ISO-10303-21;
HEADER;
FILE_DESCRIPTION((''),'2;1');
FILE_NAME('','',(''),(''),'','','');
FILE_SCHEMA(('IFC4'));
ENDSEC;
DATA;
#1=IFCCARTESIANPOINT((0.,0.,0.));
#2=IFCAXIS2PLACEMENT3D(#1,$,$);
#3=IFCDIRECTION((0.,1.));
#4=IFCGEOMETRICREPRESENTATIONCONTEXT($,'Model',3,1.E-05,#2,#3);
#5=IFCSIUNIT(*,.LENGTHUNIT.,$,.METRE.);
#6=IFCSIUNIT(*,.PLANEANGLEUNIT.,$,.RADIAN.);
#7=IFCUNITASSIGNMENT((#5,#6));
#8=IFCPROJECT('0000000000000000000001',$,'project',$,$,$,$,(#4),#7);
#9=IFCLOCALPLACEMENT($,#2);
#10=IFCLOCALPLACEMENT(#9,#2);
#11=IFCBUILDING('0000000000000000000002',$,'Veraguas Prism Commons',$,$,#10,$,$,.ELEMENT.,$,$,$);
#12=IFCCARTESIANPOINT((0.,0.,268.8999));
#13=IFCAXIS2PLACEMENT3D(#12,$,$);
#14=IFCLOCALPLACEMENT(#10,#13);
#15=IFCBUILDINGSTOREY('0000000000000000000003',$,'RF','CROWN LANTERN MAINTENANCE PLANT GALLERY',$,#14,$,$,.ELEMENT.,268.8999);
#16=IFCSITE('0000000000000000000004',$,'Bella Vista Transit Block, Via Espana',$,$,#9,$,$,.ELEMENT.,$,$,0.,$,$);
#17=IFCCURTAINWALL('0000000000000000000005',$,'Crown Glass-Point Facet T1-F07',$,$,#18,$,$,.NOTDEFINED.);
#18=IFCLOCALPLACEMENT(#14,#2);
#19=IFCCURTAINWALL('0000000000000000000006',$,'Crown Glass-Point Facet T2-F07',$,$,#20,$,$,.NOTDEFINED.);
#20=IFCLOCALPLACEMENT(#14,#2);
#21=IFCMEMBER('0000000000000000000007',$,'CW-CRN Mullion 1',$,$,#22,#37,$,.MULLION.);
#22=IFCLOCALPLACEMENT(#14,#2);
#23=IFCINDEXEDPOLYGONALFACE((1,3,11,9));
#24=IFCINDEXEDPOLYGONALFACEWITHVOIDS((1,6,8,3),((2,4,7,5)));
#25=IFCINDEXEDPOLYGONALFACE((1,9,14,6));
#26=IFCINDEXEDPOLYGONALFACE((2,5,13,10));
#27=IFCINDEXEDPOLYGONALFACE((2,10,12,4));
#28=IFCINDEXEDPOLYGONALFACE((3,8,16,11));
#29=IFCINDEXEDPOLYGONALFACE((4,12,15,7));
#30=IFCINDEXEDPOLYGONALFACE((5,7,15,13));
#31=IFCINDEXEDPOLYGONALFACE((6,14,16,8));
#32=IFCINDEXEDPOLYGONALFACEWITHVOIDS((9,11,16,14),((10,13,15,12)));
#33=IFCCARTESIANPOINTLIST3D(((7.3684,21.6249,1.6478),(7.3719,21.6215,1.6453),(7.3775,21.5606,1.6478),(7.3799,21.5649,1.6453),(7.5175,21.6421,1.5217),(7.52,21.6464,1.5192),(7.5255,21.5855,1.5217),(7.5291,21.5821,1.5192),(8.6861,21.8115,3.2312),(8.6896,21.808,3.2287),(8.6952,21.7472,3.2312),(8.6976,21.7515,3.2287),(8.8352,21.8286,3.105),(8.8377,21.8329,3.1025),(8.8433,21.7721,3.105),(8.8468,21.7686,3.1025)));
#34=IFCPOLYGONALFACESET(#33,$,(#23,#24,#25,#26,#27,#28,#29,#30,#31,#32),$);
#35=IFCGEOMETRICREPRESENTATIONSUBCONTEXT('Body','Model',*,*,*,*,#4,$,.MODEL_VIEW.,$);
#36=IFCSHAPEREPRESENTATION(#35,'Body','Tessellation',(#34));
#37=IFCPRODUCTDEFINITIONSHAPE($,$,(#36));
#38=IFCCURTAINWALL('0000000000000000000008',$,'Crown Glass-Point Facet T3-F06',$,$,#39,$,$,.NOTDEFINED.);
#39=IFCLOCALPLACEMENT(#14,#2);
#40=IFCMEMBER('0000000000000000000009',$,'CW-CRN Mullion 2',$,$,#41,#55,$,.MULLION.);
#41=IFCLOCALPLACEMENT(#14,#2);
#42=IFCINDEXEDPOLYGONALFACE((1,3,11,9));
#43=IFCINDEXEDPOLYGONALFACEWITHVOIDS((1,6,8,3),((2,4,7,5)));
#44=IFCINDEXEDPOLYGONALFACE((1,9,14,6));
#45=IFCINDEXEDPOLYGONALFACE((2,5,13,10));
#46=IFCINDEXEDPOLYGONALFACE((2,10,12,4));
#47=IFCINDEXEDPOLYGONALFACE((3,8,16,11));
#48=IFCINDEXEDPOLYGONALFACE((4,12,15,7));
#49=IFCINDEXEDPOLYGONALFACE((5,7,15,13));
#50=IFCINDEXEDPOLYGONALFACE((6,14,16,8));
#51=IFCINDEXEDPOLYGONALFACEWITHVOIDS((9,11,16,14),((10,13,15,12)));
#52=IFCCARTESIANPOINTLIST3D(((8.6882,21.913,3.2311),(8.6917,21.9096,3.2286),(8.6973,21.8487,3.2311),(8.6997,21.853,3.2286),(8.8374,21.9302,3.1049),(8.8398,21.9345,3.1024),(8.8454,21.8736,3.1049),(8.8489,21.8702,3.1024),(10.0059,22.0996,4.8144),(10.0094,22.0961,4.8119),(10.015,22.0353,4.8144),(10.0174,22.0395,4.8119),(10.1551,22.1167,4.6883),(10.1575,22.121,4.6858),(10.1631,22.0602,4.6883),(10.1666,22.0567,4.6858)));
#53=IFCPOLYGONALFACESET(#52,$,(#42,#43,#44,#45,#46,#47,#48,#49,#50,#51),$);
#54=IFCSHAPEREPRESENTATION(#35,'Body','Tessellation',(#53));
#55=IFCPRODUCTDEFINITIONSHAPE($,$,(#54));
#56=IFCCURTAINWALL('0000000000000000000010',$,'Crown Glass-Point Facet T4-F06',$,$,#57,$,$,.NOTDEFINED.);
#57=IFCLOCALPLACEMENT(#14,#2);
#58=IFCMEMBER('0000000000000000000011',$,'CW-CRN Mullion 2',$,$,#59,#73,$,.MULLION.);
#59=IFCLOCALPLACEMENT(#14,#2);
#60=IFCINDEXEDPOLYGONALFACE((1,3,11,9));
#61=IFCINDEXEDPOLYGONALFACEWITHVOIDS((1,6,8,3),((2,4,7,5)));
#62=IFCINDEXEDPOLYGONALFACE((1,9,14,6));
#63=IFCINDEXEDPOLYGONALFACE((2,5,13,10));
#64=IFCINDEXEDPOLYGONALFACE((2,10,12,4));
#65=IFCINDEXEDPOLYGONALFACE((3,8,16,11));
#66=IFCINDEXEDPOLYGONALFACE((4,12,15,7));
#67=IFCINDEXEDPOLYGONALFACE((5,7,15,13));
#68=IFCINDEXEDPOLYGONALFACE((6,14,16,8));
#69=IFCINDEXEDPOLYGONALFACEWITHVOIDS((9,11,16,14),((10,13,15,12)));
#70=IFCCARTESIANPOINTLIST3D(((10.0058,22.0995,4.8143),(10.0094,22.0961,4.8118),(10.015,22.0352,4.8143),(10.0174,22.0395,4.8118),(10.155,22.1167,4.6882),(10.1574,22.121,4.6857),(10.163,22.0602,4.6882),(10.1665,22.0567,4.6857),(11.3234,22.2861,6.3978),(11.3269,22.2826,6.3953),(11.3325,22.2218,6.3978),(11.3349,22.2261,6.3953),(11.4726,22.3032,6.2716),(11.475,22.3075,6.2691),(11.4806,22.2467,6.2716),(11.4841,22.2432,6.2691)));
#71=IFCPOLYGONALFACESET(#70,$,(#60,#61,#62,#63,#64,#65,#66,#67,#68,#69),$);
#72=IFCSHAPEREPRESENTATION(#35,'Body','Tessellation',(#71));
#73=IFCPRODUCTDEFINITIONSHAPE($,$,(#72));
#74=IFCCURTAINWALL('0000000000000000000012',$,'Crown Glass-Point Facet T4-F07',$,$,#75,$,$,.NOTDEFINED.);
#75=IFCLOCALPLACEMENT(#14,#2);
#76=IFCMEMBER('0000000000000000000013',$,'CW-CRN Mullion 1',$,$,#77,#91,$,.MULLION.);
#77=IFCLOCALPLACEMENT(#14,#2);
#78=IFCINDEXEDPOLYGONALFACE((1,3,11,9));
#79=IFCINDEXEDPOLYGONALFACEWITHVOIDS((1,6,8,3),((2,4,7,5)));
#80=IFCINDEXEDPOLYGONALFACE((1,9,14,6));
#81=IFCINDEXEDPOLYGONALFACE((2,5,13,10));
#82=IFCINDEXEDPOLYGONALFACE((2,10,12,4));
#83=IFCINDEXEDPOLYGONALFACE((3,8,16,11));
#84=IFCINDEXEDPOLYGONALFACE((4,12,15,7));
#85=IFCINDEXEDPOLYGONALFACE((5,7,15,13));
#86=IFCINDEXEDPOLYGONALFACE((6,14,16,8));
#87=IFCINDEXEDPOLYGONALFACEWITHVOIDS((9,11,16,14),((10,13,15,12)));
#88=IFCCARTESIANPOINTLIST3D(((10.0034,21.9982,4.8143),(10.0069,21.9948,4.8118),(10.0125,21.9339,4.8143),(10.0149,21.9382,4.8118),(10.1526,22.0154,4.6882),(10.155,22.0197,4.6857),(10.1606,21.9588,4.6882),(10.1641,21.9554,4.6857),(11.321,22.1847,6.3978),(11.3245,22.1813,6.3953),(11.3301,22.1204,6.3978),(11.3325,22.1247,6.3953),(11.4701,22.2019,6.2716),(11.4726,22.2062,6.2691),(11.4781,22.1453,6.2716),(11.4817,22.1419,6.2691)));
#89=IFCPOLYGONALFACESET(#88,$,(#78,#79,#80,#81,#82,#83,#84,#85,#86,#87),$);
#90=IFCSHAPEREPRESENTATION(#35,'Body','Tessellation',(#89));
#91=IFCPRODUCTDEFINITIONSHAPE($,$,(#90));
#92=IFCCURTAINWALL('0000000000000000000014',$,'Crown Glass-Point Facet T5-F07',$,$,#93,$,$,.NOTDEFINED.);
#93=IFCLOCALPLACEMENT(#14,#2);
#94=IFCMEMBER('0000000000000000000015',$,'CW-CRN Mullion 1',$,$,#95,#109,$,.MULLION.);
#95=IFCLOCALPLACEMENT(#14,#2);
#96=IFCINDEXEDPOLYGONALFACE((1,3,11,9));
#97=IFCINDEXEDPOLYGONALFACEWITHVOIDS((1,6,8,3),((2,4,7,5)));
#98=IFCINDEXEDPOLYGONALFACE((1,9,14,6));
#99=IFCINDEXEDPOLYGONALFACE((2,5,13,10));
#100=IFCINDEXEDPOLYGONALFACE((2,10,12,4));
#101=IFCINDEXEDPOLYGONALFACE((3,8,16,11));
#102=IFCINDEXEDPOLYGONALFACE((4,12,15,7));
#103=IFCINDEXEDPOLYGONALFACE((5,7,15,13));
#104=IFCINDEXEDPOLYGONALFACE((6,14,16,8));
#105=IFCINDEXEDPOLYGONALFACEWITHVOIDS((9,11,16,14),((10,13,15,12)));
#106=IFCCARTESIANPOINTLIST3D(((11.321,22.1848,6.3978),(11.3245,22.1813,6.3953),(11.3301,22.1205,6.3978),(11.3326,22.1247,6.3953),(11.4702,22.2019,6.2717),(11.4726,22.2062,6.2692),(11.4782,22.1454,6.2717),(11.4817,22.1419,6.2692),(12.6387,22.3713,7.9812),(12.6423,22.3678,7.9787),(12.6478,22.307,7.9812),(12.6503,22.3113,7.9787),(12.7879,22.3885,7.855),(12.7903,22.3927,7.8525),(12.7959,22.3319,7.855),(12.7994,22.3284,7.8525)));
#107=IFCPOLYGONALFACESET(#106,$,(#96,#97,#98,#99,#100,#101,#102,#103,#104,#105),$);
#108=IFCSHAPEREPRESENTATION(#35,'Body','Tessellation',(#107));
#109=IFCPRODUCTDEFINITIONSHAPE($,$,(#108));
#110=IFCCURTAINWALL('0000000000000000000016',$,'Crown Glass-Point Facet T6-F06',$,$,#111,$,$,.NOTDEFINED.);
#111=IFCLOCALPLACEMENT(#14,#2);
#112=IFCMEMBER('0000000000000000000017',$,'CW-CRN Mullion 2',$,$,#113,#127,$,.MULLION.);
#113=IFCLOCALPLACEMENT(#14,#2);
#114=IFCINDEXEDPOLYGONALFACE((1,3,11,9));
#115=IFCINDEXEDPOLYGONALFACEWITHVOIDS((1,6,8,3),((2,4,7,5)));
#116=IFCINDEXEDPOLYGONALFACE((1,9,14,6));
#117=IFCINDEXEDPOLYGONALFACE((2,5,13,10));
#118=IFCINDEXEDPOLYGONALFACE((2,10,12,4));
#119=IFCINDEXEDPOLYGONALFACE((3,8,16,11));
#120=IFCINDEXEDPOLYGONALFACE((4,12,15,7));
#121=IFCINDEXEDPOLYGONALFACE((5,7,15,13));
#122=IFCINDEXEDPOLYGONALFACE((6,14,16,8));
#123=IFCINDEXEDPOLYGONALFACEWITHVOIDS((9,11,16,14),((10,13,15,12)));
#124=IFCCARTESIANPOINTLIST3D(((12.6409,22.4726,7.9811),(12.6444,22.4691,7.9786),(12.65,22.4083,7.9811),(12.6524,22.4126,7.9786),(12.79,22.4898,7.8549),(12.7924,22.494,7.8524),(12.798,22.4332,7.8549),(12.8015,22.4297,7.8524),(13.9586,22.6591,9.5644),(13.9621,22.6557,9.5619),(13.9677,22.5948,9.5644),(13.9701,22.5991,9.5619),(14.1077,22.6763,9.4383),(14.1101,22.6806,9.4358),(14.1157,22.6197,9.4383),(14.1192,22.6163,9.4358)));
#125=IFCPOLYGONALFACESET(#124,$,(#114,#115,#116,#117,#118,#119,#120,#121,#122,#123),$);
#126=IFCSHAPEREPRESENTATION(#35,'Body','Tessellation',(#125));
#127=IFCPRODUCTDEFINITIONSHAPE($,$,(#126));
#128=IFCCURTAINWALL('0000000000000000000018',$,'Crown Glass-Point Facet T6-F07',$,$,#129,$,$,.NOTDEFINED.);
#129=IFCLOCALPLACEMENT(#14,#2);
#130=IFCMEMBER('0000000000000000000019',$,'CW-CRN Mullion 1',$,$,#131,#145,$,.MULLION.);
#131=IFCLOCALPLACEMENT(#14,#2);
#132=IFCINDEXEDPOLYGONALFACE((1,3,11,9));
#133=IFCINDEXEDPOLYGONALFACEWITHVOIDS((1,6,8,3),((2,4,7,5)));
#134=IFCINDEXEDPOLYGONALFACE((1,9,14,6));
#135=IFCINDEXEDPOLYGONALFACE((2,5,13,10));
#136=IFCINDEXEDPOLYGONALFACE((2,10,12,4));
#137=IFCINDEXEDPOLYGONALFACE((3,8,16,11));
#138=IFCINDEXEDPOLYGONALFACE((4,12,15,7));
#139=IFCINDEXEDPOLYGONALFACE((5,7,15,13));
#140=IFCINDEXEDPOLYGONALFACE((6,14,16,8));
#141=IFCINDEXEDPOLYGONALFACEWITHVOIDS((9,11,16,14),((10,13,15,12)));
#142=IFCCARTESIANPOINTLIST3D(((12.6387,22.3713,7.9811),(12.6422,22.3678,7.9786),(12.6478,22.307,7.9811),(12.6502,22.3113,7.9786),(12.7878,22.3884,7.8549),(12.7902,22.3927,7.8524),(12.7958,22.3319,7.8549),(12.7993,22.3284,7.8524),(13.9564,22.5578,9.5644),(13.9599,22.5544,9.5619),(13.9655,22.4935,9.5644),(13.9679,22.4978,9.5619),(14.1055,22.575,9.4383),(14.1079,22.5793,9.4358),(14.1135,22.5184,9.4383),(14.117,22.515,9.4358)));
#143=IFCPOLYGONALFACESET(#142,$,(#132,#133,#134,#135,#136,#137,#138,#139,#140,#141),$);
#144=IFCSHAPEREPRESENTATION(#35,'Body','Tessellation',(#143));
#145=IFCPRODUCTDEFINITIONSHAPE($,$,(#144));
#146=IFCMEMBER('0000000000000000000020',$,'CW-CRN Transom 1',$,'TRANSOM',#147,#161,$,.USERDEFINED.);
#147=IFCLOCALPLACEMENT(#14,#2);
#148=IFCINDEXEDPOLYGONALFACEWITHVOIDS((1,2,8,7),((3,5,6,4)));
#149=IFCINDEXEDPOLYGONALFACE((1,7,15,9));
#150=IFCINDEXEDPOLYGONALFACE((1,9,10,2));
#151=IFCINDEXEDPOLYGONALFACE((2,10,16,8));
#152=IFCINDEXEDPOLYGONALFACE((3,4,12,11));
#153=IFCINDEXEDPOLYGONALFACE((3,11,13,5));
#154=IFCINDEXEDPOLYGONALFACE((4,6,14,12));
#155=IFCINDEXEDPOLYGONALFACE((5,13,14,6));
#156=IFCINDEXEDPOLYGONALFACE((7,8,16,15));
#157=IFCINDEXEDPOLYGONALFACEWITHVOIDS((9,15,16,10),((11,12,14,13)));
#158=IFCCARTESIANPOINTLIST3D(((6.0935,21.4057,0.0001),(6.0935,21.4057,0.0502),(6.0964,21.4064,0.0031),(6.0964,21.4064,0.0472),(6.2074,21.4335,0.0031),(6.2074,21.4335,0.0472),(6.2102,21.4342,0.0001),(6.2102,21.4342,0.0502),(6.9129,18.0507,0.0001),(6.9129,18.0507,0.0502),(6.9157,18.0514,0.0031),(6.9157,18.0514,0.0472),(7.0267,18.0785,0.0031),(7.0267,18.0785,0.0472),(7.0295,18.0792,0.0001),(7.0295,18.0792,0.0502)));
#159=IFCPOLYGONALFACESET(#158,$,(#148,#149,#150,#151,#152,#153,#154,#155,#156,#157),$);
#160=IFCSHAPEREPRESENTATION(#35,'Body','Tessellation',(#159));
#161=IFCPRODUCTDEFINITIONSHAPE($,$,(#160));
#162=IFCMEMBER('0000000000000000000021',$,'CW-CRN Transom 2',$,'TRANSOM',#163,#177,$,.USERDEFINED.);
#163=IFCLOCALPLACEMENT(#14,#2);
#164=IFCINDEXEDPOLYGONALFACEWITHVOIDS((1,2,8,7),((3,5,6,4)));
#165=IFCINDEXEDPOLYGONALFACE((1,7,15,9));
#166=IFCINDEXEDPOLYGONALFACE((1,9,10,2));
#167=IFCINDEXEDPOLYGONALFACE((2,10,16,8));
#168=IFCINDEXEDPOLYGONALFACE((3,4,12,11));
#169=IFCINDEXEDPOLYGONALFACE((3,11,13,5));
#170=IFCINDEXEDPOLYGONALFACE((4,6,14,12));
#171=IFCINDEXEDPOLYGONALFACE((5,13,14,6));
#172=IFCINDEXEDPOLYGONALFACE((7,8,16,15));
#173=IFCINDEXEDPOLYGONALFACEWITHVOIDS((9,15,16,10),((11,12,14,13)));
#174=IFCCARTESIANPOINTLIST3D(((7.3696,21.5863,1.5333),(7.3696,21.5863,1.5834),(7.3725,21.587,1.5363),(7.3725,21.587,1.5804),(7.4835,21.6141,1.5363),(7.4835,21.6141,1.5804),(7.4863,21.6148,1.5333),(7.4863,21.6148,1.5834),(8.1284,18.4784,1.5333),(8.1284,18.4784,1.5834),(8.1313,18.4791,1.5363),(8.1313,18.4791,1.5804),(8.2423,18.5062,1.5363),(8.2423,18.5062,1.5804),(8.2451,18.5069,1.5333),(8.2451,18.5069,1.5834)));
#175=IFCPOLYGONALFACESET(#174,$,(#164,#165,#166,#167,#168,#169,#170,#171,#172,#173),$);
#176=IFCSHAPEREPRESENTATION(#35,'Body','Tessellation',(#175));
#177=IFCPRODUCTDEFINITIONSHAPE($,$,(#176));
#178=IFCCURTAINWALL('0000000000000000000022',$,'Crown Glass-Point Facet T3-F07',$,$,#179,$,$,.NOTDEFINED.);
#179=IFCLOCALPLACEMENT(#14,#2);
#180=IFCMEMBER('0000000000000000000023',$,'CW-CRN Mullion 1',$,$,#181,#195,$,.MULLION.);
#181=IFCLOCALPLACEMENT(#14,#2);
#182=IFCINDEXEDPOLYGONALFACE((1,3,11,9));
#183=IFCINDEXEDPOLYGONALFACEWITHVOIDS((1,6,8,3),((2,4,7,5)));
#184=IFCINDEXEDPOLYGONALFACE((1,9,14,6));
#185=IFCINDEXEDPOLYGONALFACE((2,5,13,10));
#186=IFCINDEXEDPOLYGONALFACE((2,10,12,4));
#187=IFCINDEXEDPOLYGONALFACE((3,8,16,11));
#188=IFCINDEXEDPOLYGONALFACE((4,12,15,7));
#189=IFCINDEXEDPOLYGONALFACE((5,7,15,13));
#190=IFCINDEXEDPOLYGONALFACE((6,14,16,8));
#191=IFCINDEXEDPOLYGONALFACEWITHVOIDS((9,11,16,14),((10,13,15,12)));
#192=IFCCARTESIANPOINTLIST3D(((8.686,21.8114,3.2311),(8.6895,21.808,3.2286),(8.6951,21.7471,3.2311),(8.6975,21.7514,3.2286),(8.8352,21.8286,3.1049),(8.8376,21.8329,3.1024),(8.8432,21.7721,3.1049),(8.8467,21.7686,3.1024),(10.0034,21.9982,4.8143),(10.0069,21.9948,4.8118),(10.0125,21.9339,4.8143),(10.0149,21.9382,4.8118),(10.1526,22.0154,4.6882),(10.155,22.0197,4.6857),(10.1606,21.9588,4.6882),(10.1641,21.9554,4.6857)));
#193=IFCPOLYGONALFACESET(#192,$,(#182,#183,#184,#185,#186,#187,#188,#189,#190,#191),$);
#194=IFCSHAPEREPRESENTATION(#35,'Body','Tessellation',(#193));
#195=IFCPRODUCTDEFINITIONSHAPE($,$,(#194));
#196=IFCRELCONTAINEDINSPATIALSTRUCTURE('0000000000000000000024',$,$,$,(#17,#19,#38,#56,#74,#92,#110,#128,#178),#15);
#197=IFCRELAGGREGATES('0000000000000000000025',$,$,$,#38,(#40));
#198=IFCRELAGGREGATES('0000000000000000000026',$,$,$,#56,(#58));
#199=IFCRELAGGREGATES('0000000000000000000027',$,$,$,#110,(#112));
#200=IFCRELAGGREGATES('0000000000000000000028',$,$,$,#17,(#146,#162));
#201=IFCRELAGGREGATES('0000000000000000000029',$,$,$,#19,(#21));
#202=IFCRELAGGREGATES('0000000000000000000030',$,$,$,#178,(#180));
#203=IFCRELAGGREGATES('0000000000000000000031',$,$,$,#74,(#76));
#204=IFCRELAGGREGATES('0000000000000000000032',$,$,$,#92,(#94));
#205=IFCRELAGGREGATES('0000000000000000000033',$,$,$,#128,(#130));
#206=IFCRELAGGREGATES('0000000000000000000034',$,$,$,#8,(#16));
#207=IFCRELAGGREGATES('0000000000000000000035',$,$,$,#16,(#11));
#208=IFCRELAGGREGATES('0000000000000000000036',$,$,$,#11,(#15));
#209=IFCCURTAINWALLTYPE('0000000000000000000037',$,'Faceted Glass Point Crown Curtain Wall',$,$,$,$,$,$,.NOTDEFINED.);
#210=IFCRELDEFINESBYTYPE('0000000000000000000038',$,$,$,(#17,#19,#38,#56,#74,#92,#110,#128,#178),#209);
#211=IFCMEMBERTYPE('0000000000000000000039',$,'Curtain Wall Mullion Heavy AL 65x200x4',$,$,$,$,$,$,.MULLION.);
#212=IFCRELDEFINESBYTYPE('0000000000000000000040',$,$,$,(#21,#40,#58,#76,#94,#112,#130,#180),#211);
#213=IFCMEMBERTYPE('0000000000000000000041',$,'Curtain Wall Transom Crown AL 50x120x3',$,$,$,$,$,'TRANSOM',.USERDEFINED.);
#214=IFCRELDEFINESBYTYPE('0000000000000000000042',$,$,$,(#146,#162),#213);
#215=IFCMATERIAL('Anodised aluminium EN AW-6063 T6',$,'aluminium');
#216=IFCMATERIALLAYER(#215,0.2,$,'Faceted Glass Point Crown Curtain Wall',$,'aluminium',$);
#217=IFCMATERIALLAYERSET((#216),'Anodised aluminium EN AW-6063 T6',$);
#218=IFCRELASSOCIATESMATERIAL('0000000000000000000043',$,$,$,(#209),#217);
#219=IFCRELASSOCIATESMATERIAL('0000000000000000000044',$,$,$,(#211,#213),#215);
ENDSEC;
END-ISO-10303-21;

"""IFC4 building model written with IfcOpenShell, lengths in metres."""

from ifc_helpers import new_model, si_unit, direction, frame, origin, origin_2d, place, context, subcontext, project, spatial, hollow_rectangle, extrude, source, transform, mapped, material, layer, layer_set, material_profile, profile_set, type_object, element, aggregate, save


model = new_model("IFC4")

# Units and contexts
model_context = context("Model", 3, precision=1e-05, world=origin(), true_north=direction((0.0, 1.0)))
body_context = subcontext(model_context, "Body", "Model", "MODEL_VIEW")
ifc_project = project(units=[si_unit("LENGTHUNIT", "METRE"), si_unit("PLANEANGLEUNIT", "RADIAN")], contexts=[model_context])

# Site, building, storey
site_placement = place(None, origin())
site = spatial("IfcSite", under=ifc_project, at=site_placement, Name="Bella Vista Transit Block, Via Espana", CompositionType="ELEMENT", RefElevation=0.0)
building_placement = place(site_placement, origin())
building = spatial("IfcBuilding", under=site, at=building_placement, Name="Veraguas Prism Commons", CompositionType="ELEMENT")
storey_placement = place(building_placement, frame((0.0, 0.0, 268.8999)))
storey = spatial("IfcBuildingStorey", under=building, at=storey_placement, Name="RF", Description="CROWN LANTERN MAINTENANCE PLANT GALLERY", CompositionType="ELEMENT", Elevation=268.8999)

# Curtain walls, members
ifc_material_1 = material(Name="Anodised aluminium EN AW-6063 T6", Category="aluminium")
ifc_layer_1 = layer(ifc_material_1, 0.2, Name="Faceted Glass Point Crown Curtain Wall", Category="aluminium")
ifc_layer_set_1 = layer_set([ifc_layer_1], Name="Anodised aluminium EN AW-6063 T6")
curtain_wall_type = type_object("IfcCurtainWallType", Name="Faceted Glass Point Crown Curtain Wall", PredefinedType="NOTDEFINED", material=ifc_layer_set_1)
ifc_material_profile_1 = material_profile(ifc_material_1, hollow_rectangle(XDim=0.0649, YDim=0.2, WallThickness=0.0039, at=origin_2d()), Name="AL65X200X4")
ifc_profile_set_1 = profile_set([ifc_material_profile_1], Name="Anodised aluminium EN AW-6063 T6")
member_type_1 = type_object("IfcMemberType", Name="Curtain Wall Mullion Heavy AL 65x200x4", PredefinedType="MULLION", material=ifc_profile_set_1)
shared_shape_1 = source(origin(), body_context, "Body", "SweptSolid", [
    extrude(hollow_rectangle(XDim=0.0649, YDim=0.2, WallThickness=0.0039, at=origin_2d()), origin(), (0.0, 0.0, 1.0), 2.0684),
])
curtain_wall_1_placement = place(storey_placement, origin())
curtain_wall_1 = element("IfcCurtainWall", 1, at=curtain_wall_1_placement, inside=storey, type_object=curtain_wall_type, Name="Crown Glass-Point Facet T1-F07", PredefinedType="NOTDEFINED")
curtain_wall_2_placement = place(storey_placement, origin())
curtain_wall_2 = element("IfcCurtainWall", 2, at=curtain_wall_2_placement, inside=storey, type_object=curtain_wall_type, Name="Crown Glass-Point Facet T2-F07", PredefinedType="NOTDEFINED")
member_1_placement = place(storey_placement, frame((7.4487, 21.6035, 1.5835), z_axis=(0.637076, 0.090185, 0.765507), x_axis=(-0.140163, 0.990128, 0.0)))
member_1 = element("IfcMember", 3, at=member_1_placement, type_object=member_type_1, Name="CW-CRN Mullion 1", PredefinedType="MULLION", context=body_context, shape_type="MappedRepresentation", body=[
    mapped(shared_shape_1, transform((0.0, 0.0, 0.0), scale=1.0)),
])
curtain_wall_3_placement = place(storey_placement, origin())
curtain_wall_3 = element("IfcCurtainWall", 4, at=curtain_wall_3_placement, inside=storey, type_object=curtain_wall_type, Name="Crown Glass-Point Facet T3-F06", PredefinedType="NOTDEFINED")
member_2_placement = place(storey_placement, frame((8.7686, 21.8916, 3.1667), z_axis=(0.637076, 0.090185, 0.765507), x_axis=(-0.140163, 0.990128, 0.0)))
member_2 = element("IfcMember", 5, at=member_2_placement, type_object=member_type_1, Name="CW-CRN Mullion 2", PredefinedType="MULLION", context=body_context, shape_type="MappedRepresentation", body=[
    mapped(shared_shape_1, transform((0.0, 0.0, 0.0), scale=1.0)),
])
aggregate(curtain_wall_3, [member_2])
curtain_wall_4_placement = place(storey_placement, origin())
curtain_wall_4 = element("IfcCurtainWall", 6, at=curtain_wall_4_placement, inside=storey, type_object=curtain_wall_type, Name="Crown Glass-Point Facet T4-F06", PredefinedType="NOTDEFINED")
member_3_placement = place(storey_placement, frame((10.0862, 22.0781, 4.75), z_axis=(0.637019, 0.090176, 0.765556), x_axis=(-0.140163, 0.990128, 0.0)))
member_3 = element("IfcMember", 7, at=member_3_placement, type_object=member_type_1, Name="CW-CRN Mullion 2", PredefinedType="MULLION", context=body_context, shape_type="MappedRepresentation", body=[
    mapped(shared_shape_1, transform((0.0, 0.0, 0.0), scale=1.0)),
])
aggregate(curtain_wall_4, [member_3])
curtain_wall_5_placement = place(storey_placement, origin())
curtain_wall_5 = element("IfcCurtainWall", 8, at=curtain_wall_5_placement, inside=storey, type_object=curtain_wall_type, Name="Crown Glass-Point Facet T4-F07", PredefinedType="NOTDEFINED")
member_4_placement = place(storey_placement, frame((10.0837, 21.9768, 4.75), z_axis=(0.637019, 0.090176, 0.765556), x_axis=(-0.140163, 0.990128, 0.0)))
member_4 = element("IfcMember", 9, at=member_4_placement, type_object=member_type_1, Name="CW-CRN Mullion 1", PredefinedType="MULLION", context=body_context, shape_type="MappedRepresentation", body=[
    mapped(shared_shape_1, transform((0.0, 0.0, 0.0), scale=1.0)),
])
curtain_wall_6_placement = place(storey_placement, origin())
curtain_wall_6 = element("IfcCurtainWall", 10, at=curtain_wall_6_placement, inside=storey, type_object=curtain_wall_type, Name="Crown Glass-Point Facet T5-F07", PredefinedType="NOTDEFINED")
member_5_placement = place(storey_placement, frame((11.4014, 22.1633, 6.3335), z_axis=(0.637076, 0.090185, 0.765507), x_axis=(-0.140163, 0.990128, 0.0)))
member_5 = element("IfcMember", 11, at=member_5_placement, type_object=member_type_1, Name="CW-CRN Mullion 1", PredefinedType="MULLION", context=body_context, shape_type="MappedRepresentation", body=[
    mapped(shared_shape_1, transform((0.0, 0.0, 0.0), scale=1.0)),
])
curtain_wall_7_placement = place(storey_placement, origin())
curtain_wall_7 = element("IfcCurtainWall", 12, at=curtain_wall_7_placement, inside=storey, type_object=curtain_wall_type, Name="Crown Glass-Point Facet T6-F06", PredefinedType="NOTDEFINED")
member_6_placement = place(storey_placement, frame((12.7212, 22.4512, 7.9167), z_axis=(0.637076, 0.090185, 0.765507), x_axis=(-0.140163, 0.990128, 0.0)))
member_6 = element("IfcMember", 13, at=member_6_placement, type_object=member_type_1, Name="CW-CRN Mullion 2", PredefinedType="MULLION", context=body_context, shape_type="MappedRepresentation", body=[
    mapped(shared_shape_1, transform((0.0, 0.0, 0.0), scale=1.0)),
])
aggregate(curtain_wall_7, [member_6])
curtain_wall_8_placement = place(storey_placement, origin())
curtain_wall_8 = element("IfcCurtainWall", 14, at=curtain_wall_8_placement, inside=storey, type_object=curtain_wall_type, Name="Crown Glass-Point Facet T6-F07", PredefinedType="NOTDEFINED")
member_7_placement = place(storey_placement, frame((12.719, 22.3499, 7.9167), z_axis=(0.637076, 0.090185, 0.765507), x_axis=(-0.140163, 0.990128, 0.0)))
member_7 = element("IfcMember", 15, at=member_7_placement, type_object=member_type_1, Name="CW-CRN Mullion 1", PredefinedType="MULLION", context=body_context, shape_type="MappedRepresentation", body=[
    mapped(shared_shape_1, transform((0.0, 0.0, 0.0), scale=1.0)),
])

# Members
ifc_material_profile_2 = material_profile(ifc_material_1, hollow_rectangle(XDim=0.05, YDim=0.1201, WallThickness=0.0029, at=origin_2d()), Name="AL50X120X3")
ifc_profile_set_2 = profile_set([ifc_material_profile_2], Name="Anodised aluminium EN AW-6063 T6")
member_type_2 = type_object("IfcMemberType", Name="Curtain Wall Transom Crown AL 50x120x3", ElementType="TRANSOM", PredefinedType="USERDEFINED", material=ifc_profile_set_2)
shared_shape_2 = source(origin(), body_context, "Body", "SweptSolid", [
    extrude(hollow_rectangle(XDim=0.05, YDim=0.1201, WallThickness=0.0029, at=origin_2d()), origin(), (0.0, 0.0, 1.0), 3.4536),
])
member_8_placement = place(storey_placement, frame((6.1519, 21.4199, 0.0251), z_axis=(0.237243, -0.97145, 0.0), x_axis=(0.0, 0.0, 1.0)))
member_8 = element("IfcMember", 16, at=member_8_placement, type_object=member_type_2, Name="CW-CRN Transom 1", ObjectType="TRANSOM", PredefinedType="USERDEFINED", context=body_context, shape_type="MappedRepresentation", body=[
    mapped(shared_shape_2, transform((0.0, 0.0, 0.0), scale=1.0)),
])
shared_shape_3 = source(origin(), body_context, "Body", "SweptSolid", [
    extrude(hollow_rectangle(XDim=0.05, YDim=0.1201, WallThickness=0.0029, at=origin_2d()), origin(), (0.0, 0.0, 1.0), 3.1992),
])
member_9_placement = place(storey_placement, frame((7.428, 21.6006, 1.5583), z_axis=(0.237181, -0.971465, 0.0), x_axis=(0.0, 0.0, 1.0)))
member_9 = element("IfcMember", 17, at=member_9_placement, type_object=member_type_2, Name="CW-CRN Transom 2", ObjectType="TRANSOM", PredefinedType="USERDEFINED", context=body_context, shape_type="MappedRepresentation", body=[
    mapped(shared_shape_3, transform((0.0, 0.0, 0.0), scale=1.0)),
])

# Curtain wall, member
curtain_wall_9_placement = place(storey_placement, origin())
curtain_wall_9 = element("IfcCurtainWall", 18, at=curtain_wall_9_placement, inside=storey, type_object=curtain_wall_type, Name="Crown Glass-Point Facet T3-F07", PredefinedType="NOTDEFINED")
shared_shape_4 = source(origin(), body_context, "Body", "SweptSolid", [
    extrude(hollow_rectangle(XDim=0.0649, YDim=0.2, WallThickness=0.0039, at=origin_2d()), origin(), (0.0, 0.0, 1.0), 2.0681),
])
member_10_placement = place(storey_placement, frame((8.7664, 21.79, 3.1667), z_axis=(0.636999, 0.090308, 0.765556), x_axis=(-0.140368, 0.990099, 0.0)))
member_10 = element("IfcMember", 19, at=member_10_placement, type_object=member_type_1, Name="CW-CRN Mullion 1", PredefinedType="MULLION", context=body_context, shape_type="MappedRepresentation", body=[
    mapped(shared_shape_4, transform((0.0, 0.0, 0.0), scale=1.0)),
])

aggregate(curtain_wall_1, [member_8, member_9])
aggregate(curtain_wall_2, [member_1])
aggregate(curtain_wall_9, [member_10])
aggregate(curtain_wall_5, [member_4])
aggregate(curtain_wall_6, [member_5])
aggregate(curtain_wall_8, [member_7])

save(model, "model.ifc")
